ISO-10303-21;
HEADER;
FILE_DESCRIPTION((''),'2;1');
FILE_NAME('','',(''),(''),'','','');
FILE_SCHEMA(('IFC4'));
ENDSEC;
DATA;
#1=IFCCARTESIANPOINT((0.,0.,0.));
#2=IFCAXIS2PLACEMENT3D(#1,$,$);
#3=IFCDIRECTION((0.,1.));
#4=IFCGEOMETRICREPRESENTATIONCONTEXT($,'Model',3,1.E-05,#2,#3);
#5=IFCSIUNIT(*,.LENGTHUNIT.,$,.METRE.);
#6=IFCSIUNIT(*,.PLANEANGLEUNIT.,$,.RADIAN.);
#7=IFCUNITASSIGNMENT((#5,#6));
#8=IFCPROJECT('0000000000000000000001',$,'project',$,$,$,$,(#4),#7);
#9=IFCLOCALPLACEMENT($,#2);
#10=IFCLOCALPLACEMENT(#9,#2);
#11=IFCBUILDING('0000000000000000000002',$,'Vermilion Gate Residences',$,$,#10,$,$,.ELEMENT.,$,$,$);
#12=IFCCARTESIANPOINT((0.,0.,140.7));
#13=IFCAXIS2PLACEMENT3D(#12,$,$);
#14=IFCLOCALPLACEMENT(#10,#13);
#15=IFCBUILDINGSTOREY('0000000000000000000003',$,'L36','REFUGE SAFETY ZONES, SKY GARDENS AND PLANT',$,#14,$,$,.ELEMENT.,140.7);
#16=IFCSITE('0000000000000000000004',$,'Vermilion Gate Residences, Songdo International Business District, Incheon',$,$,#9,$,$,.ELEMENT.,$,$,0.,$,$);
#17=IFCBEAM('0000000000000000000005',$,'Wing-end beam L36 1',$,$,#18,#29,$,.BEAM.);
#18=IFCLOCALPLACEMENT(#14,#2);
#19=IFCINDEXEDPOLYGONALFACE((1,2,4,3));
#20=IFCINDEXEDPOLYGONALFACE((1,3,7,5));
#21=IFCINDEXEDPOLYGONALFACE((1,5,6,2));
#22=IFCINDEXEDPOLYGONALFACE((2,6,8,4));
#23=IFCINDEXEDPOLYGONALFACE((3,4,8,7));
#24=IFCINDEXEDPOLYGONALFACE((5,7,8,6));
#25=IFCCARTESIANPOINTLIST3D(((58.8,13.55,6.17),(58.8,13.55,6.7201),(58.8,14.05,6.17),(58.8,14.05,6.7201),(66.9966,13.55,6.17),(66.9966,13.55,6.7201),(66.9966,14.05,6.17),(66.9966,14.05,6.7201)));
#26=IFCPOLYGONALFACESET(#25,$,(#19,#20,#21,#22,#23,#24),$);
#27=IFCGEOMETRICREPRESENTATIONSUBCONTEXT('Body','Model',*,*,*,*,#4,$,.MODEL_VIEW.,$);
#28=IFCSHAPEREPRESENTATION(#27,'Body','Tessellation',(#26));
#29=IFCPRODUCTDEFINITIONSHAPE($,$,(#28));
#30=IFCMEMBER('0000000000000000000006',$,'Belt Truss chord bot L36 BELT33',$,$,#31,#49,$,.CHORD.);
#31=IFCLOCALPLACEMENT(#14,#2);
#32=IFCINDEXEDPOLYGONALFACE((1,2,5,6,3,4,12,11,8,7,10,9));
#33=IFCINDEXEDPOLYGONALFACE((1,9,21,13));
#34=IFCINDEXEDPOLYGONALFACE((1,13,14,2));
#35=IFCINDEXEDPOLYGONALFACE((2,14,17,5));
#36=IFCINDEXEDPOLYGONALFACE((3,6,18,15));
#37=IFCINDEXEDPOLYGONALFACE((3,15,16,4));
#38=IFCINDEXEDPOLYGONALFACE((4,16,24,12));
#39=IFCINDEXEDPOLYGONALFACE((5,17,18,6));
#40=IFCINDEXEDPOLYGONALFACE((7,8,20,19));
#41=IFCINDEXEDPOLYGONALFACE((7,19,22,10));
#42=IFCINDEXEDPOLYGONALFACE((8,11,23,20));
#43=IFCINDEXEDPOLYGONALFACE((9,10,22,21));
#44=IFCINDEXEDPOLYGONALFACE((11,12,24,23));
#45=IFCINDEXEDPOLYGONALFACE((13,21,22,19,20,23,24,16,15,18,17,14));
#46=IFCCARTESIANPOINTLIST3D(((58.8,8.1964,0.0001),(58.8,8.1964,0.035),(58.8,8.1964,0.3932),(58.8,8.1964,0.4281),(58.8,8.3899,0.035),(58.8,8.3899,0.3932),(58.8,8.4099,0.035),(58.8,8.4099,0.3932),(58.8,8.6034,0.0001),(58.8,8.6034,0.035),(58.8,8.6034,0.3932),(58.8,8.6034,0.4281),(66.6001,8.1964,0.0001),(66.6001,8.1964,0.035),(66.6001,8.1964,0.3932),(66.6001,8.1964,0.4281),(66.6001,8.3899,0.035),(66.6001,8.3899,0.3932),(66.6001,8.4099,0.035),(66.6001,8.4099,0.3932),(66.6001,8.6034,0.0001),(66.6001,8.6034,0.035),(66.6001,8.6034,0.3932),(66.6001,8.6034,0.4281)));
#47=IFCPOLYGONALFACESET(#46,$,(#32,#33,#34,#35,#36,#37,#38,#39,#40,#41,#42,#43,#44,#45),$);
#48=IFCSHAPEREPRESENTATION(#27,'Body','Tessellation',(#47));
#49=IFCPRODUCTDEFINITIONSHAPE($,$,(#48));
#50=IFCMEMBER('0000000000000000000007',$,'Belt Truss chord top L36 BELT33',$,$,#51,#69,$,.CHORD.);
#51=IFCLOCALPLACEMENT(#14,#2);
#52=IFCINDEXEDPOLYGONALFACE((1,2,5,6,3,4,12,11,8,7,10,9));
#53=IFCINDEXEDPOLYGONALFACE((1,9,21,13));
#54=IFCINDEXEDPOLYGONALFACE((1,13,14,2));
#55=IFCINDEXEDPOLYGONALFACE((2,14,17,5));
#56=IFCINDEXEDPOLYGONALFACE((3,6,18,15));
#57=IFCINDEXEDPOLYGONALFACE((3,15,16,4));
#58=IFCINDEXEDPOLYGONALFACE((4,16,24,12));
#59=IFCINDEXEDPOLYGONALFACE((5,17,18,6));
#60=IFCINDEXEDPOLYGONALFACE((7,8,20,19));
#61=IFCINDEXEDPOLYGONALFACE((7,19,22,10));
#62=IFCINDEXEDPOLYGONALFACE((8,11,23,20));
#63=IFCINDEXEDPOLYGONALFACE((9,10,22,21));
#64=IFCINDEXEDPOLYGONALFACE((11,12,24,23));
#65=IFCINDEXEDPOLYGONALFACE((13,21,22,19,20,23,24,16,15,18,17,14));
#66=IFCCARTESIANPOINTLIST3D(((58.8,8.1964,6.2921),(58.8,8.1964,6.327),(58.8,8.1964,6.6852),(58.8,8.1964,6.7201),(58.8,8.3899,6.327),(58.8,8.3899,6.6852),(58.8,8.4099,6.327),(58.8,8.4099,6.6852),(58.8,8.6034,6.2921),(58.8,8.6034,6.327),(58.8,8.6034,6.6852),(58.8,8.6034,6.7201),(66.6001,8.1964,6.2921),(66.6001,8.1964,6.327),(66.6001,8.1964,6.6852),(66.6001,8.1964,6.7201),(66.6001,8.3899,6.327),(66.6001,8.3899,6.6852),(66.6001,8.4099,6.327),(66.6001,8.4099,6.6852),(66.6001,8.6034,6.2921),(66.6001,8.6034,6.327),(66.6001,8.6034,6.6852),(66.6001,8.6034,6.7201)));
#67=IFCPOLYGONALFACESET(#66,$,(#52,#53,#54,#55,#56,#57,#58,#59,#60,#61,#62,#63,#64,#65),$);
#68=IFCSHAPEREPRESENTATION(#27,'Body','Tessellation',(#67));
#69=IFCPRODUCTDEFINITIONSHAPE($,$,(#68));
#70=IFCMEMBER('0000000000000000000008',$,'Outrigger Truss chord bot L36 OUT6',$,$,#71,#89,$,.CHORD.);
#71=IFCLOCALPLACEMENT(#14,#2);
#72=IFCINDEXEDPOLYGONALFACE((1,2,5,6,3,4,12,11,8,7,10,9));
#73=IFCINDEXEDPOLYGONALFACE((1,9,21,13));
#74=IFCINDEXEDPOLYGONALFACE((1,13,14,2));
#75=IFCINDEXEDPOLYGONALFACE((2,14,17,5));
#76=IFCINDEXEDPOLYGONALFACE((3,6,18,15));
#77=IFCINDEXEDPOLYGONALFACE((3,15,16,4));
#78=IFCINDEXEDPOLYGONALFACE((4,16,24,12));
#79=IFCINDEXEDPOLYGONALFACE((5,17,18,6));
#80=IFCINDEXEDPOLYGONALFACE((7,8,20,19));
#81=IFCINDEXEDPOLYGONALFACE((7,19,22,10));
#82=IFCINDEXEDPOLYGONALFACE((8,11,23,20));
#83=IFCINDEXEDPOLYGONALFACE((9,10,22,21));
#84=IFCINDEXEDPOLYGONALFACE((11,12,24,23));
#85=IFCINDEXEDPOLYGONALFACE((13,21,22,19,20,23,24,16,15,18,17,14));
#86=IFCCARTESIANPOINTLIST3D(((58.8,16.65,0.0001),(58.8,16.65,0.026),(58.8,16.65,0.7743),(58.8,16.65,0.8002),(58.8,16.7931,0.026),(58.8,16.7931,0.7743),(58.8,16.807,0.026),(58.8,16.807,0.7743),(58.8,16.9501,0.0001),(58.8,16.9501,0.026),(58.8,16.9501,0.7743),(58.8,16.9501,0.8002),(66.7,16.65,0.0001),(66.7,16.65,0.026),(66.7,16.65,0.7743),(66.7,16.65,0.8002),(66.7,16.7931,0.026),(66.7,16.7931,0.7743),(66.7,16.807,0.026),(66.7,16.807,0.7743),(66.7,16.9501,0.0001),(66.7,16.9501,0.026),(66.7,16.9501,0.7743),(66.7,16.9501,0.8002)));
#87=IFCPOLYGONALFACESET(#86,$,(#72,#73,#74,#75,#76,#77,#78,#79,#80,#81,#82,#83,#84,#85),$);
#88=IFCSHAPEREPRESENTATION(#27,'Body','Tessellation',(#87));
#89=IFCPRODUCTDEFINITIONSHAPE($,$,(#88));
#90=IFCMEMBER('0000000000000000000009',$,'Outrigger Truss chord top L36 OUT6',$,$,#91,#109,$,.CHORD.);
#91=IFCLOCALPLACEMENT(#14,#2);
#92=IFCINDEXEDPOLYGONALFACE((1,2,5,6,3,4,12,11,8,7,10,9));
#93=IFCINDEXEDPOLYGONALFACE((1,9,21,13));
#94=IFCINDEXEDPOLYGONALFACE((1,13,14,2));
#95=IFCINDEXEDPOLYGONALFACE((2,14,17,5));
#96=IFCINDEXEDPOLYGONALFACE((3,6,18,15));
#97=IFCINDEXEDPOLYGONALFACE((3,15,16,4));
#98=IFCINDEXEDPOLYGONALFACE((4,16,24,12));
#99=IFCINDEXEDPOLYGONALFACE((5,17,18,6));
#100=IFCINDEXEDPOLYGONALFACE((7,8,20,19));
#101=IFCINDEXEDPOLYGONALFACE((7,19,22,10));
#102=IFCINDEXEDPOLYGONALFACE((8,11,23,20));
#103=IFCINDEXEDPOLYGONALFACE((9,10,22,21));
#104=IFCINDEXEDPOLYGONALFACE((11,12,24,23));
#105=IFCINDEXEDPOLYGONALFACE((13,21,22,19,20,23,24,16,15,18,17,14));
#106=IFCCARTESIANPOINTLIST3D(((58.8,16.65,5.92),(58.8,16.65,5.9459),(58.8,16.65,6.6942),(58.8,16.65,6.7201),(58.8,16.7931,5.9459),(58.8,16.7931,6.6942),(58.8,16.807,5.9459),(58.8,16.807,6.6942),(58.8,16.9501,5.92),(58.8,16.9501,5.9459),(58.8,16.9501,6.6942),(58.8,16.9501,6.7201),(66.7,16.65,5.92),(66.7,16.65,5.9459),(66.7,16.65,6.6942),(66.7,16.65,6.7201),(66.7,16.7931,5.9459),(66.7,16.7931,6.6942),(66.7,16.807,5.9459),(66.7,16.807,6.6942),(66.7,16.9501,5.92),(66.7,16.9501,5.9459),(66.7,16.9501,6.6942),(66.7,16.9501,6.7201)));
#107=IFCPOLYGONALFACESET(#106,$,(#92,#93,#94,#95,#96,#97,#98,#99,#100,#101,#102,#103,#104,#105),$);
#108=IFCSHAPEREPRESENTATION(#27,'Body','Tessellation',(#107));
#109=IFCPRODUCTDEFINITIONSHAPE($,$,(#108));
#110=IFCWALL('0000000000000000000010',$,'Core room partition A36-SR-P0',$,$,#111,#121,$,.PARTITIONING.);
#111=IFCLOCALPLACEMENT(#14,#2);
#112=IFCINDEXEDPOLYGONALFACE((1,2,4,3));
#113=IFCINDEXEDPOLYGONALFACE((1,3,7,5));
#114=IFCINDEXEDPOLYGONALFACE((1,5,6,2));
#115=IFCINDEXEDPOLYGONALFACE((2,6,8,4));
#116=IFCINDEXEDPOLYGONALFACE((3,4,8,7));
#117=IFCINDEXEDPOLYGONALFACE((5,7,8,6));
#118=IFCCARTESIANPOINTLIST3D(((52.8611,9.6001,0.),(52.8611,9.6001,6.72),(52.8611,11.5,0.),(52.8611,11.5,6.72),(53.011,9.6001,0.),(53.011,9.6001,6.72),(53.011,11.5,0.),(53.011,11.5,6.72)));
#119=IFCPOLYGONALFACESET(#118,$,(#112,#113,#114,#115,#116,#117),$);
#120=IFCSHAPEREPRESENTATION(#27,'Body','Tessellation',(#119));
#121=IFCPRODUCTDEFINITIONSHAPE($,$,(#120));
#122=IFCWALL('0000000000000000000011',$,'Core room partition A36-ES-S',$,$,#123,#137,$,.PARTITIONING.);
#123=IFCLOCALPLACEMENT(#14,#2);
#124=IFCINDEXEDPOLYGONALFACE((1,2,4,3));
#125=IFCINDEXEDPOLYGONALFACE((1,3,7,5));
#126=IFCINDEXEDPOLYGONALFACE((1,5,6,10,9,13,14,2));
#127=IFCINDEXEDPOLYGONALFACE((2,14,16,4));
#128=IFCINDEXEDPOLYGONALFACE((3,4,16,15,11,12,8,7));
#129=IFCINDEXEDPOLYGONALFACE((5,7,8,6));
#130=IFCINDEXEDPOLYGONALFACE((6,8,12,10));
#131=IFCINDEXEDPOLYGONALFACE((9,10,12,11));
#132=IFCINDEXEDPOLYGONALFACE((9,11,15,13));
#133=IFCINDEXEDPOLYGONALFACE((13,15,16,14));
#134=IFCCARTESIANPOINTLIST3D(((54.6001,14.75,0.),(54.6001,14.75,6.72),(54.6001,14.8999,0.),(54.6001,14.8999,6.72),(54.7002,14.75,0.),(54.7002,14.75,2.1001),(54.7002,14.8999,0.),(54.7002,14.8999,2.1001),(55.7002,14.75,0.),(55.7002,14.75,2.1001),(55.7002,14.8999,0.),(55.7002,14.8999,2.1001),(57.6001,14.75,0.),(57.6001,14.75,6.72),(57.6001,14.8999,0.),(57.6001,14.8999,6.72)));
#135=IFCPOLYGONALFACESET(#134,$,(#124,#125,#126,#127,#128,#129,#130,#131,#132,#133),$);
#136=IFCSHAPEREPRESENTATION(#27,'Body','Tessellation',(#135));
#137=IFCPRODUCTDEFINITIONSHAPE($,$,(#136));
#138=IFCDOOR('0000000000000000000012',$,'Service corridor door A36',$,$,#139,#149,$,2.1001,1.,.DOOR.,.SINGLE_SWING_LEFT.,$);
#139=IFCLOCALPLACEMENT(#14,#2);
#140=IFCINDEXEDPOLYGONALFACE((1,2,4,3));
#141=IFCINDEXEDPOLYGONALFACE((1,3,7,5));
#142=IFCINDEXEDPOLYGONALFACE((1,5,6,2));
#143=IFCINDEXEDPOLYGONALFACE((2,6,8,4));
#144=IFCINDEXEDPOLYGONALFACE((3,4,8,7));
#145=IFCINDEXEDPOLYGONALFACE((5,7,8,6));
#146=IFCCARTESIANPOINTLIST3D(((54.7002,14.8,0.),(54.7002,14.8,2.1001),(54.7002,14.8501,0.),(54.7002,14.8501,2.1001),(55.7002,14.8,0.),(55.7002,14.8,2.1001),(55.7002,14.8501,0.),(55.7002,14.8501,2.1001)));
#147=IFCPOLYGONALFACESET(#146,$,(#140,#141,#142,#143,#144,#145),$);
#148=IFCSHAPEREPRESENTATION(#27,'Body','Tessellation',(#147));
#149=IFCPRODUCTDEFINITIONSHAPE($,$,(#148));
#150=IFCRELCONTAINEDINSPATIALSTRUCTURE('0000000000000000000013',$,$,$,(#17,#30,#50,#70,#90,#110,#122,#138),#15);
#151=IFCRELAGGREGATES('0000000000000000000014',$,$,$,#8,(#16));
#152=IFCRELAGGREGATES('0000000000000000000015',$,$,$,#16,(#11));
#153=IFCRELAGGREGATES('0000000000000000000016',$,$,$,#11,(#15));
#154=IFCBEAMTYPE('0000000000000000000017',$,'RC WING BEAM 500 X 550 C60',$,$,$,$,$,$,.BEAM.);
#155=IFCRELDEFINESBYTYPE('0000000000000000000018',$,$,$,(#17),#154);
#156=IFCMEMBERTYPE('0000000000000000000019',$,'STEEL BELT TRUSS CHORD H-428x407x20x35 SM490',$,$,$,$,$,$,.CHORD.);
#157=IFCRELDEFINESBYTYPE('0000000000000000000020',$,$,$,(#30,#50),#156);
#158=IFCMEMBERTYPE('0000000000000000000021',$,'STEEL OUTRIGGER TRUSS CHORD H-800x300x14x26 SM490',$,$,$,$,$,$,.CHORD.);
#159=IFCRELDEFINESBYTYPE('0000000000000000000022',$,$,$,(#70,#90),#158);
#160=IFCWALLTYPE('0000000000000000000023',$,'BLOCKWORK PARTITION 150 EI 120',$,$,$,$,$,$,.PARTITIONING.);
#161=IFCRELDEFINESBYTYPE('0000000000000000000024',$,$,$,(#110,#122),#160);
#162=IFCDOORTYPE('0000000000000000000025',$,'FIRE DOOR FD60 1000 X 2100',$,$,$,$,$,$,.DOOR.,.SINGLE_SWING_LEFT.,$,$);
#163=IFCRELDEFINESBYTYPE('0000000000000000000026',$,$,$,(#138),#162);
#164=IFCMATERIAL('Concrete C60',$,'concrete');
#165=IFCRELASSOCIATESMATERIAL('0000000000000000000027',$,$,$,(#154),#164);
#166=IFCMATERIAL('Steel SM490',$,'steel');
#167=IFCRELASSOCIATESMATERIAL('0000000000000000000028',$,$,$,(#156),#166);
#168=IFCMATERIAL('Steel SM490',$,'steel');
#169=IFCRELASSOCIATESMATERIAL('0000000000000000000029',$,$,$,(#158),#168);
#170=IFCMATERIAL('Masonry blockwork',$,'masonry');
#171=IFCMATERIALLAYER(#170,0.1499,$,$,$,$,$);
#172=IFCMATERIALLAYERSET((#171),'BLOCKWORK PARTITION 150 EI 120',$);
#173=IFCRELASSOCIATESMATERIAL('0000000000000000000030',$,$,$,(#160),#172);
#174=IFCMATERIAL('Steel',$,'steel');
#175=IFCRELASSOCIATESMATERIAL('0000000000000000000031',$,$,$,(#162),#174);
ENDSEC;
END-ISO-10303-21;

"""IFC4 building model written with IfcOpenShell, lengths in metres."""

from ifc_helpers import new_model, si_unit, direction, frame, frame_2d, origin, origin_2d, place, context, subcontext, project, spatial, rectangle, i_section, extrude, material, layer, layer_set, material_profile, profile_set, type_object, element, fill, save


model = new_model("IFC4")

# Units and contexts
model_context = context("Model", 3, precision=1e-05, world=origin(), true_north=direction((0.0, 1.0)))
body_context = subcontext(model_context, "Body", "Model", "MODEL_VIEW")
ifc_project = project(units=[si_unit("LENGTHUNIT", "METRE"), si_unit("PLANEANGLEUNIT", "RADIAN")], contexts=[model_context])

# Site, building, storey
site_placement = place(None, origin())
site = spatial("IfcSite", under=ifc_project, at=site_placement, Name="Vermilion Gate Residences, Songdo International Business District, Incheon", CompositionType="ELEMENT", RefElevation=0.0)
building_placement = place(site_placement, origin())
building = spatial("IfcBuilding", under=site, at=building_placement, Name="Vermilion Gate Residences", CompositionType="ELEMENT")
storey_placement = place(building_placement, frame((0.0, 0.0, 140.7)))
storey = spatial("IfcBuildingStorey", under=building, at=storey_placement, Name="L36", Description="REFUGE SAFETY ZONES, SKY GARDENS AND PLANT", CompositionType="ELEMENT", Elevation=140.7)

# Beam
ifc_material_1 = material(Name="Concrete C60", Category="concrete")
ifc_material_profile_1 = material_profile(ifc_material_1, rectangle(XDim=0.5, YDim=0.55, at=origin_2d()), Name="RC-500x550")
ifc_profile_set_1 = profile_set([ifc_material_profile_1], Name="Concrete C60")
beam_type = type_object("IfcBeamType", Name="RC WING BEAM 500 X 550 C60", PredefinedType="BEAM", material=ifc_profile_set_1)
beam_placement = place(storey_placement, frame((58.8, 13.8, 6.4451), z_axis=(1.0, 0.0, 0.0), x_axis=(0.0, 1.0, 0.0)))
element("IfcBeam", 1, at=beam_placement, inside=storey, type_object=beam_type, Name="Wing-end beam L36 1", PredefinedType="BEAM", context=body_context, shape_type="SweptSolid", body=[
    extrude(rectangle(XDim=0.5, YDim=0.55, at=origin_2d()), origin(), (0.0, 0.0, 1.0), 8.1965),
])

# Members
ifc_material_2 = material(Name="Steel SM490", Category="steel")
ifc_material_profile_2 = material_profile(ifc_material_2, i_section(OverallWidth=0.407, OverallDepth=0.428, WebThickness=0.02, FlangeThickness=0.0349, at=origin_2d()), Name="H-428x407x20x35")
ifc_profile_set_2 = profile_set([ifc_material_profile_2], Name="Steel SM490")
member_type_1 = type_object("IfcMemberType", Name="STEEL BELT TRUSS CHORD H-428x407x20x35 SM490", PredefinedType="CHORD", material=ifc_profile_set_2)
for number, where, z_axis, x_axis, name in (
    (2, (58.8, 8.3999, 0.2141), (1.0, 0.0, 0.0), (0.0, 1.0, 0.0), "Belt Truss chord bot L36 BELT33"),
    (3, (58.8, 8.3999, 6.5061), (1.0, 0.0, 0.0), (0.0, 1.0, 0.0), "Belt Truss chord top L36 BELT33"),
):
    element("IfcMember", number, at=place(storey_placement, frame(where, z_axis=z_axis, x_axis=x_axis)), inside=storey, type_object=member_type_1, Name=name, PredefinedType="CHORD", context=body_context, shape_type="SweptSolid", body=[
        extrude(i_section(OverallWidth=0.407, OverallDepth=0.428, WebThickness=0.02, FlangeThickness=0.0349, at=origin_2d()), origin(), (0.0, 0.0, 1.0), 7.8),
    ])
ifc_material_3 = material(Name="Steel SM490", Category="steel")
ifc_material_profile_3 = material_profile(ifc_material_3, i_section(OverallWidth=0.3, OverallDepth=0.8, WebThickness=0.0139, FlangeThickness=0.0259, at=origin_2d()), Name="H-800x300x14x26")
ifc_profile_set_3 = profile_set([ifc_material_profile_3], Name="Steel SM490")
member_type_2 = type_object("IfcMemberType", Name="STEEL OUTRIGGER TRUSS CHORD H-800x300x14x26 SM490", PredefinedType="CHORD", material=ifc_profile_set_3)
for number, where, z_axis, x_axis, name in (
    (4, (58.8, 16.8, 0.4001), (1.0, 0.0, 0.0), (0.0, 1.0, 0.0), "Outrigger Truss chord bot L36 OUT6"),
    (5, (58.8, 16.8, 6.3201), (1.0, 0.0, 0.0), (0.0, 1.0, 0.0), "Outrigger Truss chord top L36 OUT6"),
):
    element("IfcMember", number, at=place(storey_placement, frame(where, z_axis=z_axis, x_axis=x_axis)), inside=storey, type_object=member_type_2, Name=name, PredefinedType="CHORD", context=body_context, shape_type="SweptSolid", body=[
        extrude(i_section(OverallWidth=0.3, OverallDepth=0.8, WebThickness=0.0139, FlangeThickness=0.0259, at=origin_2d()), origin(), (0.0, 0.0, 1.0), 7.8999),
    ])

# Wall
ifc_material_4 = material(Name="Masonry blockwork", Category="masonry")
ifc_layer_1 = layer(ifc_material_4, 0.1499)
ifc_layer_set_1 = layer_set([ifc_layer_1], Name="BLOCKWORK PARTITION 150 EI 120")
wall_type_1 = type_object("IfcWallType", Name="BLOCKWORK PARTITION 150 EI 120", PredefinedType="PARTITIONING", material=ifc_layer_set_1)
wall_1_placement = place(storey_placement, frame((52.936, 9.6001, 0.0), z_axis=(0.0, 0.0, 1.0), x_axis=(0.0, 1.0, 0.0)))
element("IfcWall", 6, at=wall_1_placement, inside=storey, type_object=wall_type_1, Name="Core room partition A36-SR-P0", PredefinedType="PARTITIONING", context=body_context, shape_type="SweptSolid", body=[
    extrude(rectangle(XDim=1.8999, YDim=0.1499, at=frame_2d((0.95, 0.0))), origin(), (0.0, 0.0, 1.0), 6.72),
])

# Wall, opening, door
wall_2_placement = place(storey_placement, frame((54.6001, 14.825, 0.0), z_axis=(0.0, 0.0, 1.0), x_axis=(1.0, 0.0, 0.0)))
wall_2 = element("IfcWall", 7, at=wall_2_placement, inside=storey, type_object=wall_type_1, Name="Core room partition A36-ES-S", PredefinedType="PARTITIONING", context=body_context, shape_type="SweptSolid", body=[
    extrude(rectangle(XDim=3.0, YDim=0.1499, at=frame_2d((1.5, 0.0))), origin(), (0.0, 0.0, 1.0), 6.72),
])
opening_1_placement = place(wall_2_placement, frame((0.1001, 0.0, 0.0)))
opening_1 = element("IfcOpeningElement", 8, at=opening_1_placement, cuts=wall_2, PredefinedType="OPENING", context=body_context, shape_type="SweptSolid", body=[
    extrude(rectangle(XDim=1.0, YDim=2.1001, at=frame_2d((0.5, 1.05))), frame((0.0, 0.085, 0.0), z_axis=(0.0, -1.0, 0.0), x_axis=(1.0, 0.0, 0.0)), (0.0, 0.0, 1.0), 0.1699),
])
ifc_material_5 = material(Name="Steel", Category="steel")
door_type_1 = type_object("IfcDoorType", Name="FIRE DOOR FD60 1000 X 2100", OperationType="SINGLE_SWING_LEFT", PredefinedType="DOOR", material=ifc_material_5)
door_1_placement = place(opening_1_placement, frame((1.0, 0.0, 0.0), z_axis=(0.0, 0.0, 1.0), x_axis=(-1.0, 0.0, 0.0)))
door_1 = element("IfcDoor", 9, at=door_1_placement, inside=storey, type_object=door_type_1, Name="Service corridor door A36", OperationType="SINGLE_SWING_LEFT", OverallHeight=2.1001, OverallWidth=1.0, PredefinedType="DOOR", context=body_context, shape_type="SweptSolid", body=[
    extrude(rectangle(XDim=1.0, YDim=2.1001, at=frame_2d((0.5, 1.05))), frame((0.0, 0.0249, 0.0), z_axis=(0.0, -1.0, 0.0), x_axis=(1.0, 0.0, 0.0)), (0.0, 0.0, 1.0), 0.05),
])
fill(opening_1, door_1)

save(model, "model.ifc")
